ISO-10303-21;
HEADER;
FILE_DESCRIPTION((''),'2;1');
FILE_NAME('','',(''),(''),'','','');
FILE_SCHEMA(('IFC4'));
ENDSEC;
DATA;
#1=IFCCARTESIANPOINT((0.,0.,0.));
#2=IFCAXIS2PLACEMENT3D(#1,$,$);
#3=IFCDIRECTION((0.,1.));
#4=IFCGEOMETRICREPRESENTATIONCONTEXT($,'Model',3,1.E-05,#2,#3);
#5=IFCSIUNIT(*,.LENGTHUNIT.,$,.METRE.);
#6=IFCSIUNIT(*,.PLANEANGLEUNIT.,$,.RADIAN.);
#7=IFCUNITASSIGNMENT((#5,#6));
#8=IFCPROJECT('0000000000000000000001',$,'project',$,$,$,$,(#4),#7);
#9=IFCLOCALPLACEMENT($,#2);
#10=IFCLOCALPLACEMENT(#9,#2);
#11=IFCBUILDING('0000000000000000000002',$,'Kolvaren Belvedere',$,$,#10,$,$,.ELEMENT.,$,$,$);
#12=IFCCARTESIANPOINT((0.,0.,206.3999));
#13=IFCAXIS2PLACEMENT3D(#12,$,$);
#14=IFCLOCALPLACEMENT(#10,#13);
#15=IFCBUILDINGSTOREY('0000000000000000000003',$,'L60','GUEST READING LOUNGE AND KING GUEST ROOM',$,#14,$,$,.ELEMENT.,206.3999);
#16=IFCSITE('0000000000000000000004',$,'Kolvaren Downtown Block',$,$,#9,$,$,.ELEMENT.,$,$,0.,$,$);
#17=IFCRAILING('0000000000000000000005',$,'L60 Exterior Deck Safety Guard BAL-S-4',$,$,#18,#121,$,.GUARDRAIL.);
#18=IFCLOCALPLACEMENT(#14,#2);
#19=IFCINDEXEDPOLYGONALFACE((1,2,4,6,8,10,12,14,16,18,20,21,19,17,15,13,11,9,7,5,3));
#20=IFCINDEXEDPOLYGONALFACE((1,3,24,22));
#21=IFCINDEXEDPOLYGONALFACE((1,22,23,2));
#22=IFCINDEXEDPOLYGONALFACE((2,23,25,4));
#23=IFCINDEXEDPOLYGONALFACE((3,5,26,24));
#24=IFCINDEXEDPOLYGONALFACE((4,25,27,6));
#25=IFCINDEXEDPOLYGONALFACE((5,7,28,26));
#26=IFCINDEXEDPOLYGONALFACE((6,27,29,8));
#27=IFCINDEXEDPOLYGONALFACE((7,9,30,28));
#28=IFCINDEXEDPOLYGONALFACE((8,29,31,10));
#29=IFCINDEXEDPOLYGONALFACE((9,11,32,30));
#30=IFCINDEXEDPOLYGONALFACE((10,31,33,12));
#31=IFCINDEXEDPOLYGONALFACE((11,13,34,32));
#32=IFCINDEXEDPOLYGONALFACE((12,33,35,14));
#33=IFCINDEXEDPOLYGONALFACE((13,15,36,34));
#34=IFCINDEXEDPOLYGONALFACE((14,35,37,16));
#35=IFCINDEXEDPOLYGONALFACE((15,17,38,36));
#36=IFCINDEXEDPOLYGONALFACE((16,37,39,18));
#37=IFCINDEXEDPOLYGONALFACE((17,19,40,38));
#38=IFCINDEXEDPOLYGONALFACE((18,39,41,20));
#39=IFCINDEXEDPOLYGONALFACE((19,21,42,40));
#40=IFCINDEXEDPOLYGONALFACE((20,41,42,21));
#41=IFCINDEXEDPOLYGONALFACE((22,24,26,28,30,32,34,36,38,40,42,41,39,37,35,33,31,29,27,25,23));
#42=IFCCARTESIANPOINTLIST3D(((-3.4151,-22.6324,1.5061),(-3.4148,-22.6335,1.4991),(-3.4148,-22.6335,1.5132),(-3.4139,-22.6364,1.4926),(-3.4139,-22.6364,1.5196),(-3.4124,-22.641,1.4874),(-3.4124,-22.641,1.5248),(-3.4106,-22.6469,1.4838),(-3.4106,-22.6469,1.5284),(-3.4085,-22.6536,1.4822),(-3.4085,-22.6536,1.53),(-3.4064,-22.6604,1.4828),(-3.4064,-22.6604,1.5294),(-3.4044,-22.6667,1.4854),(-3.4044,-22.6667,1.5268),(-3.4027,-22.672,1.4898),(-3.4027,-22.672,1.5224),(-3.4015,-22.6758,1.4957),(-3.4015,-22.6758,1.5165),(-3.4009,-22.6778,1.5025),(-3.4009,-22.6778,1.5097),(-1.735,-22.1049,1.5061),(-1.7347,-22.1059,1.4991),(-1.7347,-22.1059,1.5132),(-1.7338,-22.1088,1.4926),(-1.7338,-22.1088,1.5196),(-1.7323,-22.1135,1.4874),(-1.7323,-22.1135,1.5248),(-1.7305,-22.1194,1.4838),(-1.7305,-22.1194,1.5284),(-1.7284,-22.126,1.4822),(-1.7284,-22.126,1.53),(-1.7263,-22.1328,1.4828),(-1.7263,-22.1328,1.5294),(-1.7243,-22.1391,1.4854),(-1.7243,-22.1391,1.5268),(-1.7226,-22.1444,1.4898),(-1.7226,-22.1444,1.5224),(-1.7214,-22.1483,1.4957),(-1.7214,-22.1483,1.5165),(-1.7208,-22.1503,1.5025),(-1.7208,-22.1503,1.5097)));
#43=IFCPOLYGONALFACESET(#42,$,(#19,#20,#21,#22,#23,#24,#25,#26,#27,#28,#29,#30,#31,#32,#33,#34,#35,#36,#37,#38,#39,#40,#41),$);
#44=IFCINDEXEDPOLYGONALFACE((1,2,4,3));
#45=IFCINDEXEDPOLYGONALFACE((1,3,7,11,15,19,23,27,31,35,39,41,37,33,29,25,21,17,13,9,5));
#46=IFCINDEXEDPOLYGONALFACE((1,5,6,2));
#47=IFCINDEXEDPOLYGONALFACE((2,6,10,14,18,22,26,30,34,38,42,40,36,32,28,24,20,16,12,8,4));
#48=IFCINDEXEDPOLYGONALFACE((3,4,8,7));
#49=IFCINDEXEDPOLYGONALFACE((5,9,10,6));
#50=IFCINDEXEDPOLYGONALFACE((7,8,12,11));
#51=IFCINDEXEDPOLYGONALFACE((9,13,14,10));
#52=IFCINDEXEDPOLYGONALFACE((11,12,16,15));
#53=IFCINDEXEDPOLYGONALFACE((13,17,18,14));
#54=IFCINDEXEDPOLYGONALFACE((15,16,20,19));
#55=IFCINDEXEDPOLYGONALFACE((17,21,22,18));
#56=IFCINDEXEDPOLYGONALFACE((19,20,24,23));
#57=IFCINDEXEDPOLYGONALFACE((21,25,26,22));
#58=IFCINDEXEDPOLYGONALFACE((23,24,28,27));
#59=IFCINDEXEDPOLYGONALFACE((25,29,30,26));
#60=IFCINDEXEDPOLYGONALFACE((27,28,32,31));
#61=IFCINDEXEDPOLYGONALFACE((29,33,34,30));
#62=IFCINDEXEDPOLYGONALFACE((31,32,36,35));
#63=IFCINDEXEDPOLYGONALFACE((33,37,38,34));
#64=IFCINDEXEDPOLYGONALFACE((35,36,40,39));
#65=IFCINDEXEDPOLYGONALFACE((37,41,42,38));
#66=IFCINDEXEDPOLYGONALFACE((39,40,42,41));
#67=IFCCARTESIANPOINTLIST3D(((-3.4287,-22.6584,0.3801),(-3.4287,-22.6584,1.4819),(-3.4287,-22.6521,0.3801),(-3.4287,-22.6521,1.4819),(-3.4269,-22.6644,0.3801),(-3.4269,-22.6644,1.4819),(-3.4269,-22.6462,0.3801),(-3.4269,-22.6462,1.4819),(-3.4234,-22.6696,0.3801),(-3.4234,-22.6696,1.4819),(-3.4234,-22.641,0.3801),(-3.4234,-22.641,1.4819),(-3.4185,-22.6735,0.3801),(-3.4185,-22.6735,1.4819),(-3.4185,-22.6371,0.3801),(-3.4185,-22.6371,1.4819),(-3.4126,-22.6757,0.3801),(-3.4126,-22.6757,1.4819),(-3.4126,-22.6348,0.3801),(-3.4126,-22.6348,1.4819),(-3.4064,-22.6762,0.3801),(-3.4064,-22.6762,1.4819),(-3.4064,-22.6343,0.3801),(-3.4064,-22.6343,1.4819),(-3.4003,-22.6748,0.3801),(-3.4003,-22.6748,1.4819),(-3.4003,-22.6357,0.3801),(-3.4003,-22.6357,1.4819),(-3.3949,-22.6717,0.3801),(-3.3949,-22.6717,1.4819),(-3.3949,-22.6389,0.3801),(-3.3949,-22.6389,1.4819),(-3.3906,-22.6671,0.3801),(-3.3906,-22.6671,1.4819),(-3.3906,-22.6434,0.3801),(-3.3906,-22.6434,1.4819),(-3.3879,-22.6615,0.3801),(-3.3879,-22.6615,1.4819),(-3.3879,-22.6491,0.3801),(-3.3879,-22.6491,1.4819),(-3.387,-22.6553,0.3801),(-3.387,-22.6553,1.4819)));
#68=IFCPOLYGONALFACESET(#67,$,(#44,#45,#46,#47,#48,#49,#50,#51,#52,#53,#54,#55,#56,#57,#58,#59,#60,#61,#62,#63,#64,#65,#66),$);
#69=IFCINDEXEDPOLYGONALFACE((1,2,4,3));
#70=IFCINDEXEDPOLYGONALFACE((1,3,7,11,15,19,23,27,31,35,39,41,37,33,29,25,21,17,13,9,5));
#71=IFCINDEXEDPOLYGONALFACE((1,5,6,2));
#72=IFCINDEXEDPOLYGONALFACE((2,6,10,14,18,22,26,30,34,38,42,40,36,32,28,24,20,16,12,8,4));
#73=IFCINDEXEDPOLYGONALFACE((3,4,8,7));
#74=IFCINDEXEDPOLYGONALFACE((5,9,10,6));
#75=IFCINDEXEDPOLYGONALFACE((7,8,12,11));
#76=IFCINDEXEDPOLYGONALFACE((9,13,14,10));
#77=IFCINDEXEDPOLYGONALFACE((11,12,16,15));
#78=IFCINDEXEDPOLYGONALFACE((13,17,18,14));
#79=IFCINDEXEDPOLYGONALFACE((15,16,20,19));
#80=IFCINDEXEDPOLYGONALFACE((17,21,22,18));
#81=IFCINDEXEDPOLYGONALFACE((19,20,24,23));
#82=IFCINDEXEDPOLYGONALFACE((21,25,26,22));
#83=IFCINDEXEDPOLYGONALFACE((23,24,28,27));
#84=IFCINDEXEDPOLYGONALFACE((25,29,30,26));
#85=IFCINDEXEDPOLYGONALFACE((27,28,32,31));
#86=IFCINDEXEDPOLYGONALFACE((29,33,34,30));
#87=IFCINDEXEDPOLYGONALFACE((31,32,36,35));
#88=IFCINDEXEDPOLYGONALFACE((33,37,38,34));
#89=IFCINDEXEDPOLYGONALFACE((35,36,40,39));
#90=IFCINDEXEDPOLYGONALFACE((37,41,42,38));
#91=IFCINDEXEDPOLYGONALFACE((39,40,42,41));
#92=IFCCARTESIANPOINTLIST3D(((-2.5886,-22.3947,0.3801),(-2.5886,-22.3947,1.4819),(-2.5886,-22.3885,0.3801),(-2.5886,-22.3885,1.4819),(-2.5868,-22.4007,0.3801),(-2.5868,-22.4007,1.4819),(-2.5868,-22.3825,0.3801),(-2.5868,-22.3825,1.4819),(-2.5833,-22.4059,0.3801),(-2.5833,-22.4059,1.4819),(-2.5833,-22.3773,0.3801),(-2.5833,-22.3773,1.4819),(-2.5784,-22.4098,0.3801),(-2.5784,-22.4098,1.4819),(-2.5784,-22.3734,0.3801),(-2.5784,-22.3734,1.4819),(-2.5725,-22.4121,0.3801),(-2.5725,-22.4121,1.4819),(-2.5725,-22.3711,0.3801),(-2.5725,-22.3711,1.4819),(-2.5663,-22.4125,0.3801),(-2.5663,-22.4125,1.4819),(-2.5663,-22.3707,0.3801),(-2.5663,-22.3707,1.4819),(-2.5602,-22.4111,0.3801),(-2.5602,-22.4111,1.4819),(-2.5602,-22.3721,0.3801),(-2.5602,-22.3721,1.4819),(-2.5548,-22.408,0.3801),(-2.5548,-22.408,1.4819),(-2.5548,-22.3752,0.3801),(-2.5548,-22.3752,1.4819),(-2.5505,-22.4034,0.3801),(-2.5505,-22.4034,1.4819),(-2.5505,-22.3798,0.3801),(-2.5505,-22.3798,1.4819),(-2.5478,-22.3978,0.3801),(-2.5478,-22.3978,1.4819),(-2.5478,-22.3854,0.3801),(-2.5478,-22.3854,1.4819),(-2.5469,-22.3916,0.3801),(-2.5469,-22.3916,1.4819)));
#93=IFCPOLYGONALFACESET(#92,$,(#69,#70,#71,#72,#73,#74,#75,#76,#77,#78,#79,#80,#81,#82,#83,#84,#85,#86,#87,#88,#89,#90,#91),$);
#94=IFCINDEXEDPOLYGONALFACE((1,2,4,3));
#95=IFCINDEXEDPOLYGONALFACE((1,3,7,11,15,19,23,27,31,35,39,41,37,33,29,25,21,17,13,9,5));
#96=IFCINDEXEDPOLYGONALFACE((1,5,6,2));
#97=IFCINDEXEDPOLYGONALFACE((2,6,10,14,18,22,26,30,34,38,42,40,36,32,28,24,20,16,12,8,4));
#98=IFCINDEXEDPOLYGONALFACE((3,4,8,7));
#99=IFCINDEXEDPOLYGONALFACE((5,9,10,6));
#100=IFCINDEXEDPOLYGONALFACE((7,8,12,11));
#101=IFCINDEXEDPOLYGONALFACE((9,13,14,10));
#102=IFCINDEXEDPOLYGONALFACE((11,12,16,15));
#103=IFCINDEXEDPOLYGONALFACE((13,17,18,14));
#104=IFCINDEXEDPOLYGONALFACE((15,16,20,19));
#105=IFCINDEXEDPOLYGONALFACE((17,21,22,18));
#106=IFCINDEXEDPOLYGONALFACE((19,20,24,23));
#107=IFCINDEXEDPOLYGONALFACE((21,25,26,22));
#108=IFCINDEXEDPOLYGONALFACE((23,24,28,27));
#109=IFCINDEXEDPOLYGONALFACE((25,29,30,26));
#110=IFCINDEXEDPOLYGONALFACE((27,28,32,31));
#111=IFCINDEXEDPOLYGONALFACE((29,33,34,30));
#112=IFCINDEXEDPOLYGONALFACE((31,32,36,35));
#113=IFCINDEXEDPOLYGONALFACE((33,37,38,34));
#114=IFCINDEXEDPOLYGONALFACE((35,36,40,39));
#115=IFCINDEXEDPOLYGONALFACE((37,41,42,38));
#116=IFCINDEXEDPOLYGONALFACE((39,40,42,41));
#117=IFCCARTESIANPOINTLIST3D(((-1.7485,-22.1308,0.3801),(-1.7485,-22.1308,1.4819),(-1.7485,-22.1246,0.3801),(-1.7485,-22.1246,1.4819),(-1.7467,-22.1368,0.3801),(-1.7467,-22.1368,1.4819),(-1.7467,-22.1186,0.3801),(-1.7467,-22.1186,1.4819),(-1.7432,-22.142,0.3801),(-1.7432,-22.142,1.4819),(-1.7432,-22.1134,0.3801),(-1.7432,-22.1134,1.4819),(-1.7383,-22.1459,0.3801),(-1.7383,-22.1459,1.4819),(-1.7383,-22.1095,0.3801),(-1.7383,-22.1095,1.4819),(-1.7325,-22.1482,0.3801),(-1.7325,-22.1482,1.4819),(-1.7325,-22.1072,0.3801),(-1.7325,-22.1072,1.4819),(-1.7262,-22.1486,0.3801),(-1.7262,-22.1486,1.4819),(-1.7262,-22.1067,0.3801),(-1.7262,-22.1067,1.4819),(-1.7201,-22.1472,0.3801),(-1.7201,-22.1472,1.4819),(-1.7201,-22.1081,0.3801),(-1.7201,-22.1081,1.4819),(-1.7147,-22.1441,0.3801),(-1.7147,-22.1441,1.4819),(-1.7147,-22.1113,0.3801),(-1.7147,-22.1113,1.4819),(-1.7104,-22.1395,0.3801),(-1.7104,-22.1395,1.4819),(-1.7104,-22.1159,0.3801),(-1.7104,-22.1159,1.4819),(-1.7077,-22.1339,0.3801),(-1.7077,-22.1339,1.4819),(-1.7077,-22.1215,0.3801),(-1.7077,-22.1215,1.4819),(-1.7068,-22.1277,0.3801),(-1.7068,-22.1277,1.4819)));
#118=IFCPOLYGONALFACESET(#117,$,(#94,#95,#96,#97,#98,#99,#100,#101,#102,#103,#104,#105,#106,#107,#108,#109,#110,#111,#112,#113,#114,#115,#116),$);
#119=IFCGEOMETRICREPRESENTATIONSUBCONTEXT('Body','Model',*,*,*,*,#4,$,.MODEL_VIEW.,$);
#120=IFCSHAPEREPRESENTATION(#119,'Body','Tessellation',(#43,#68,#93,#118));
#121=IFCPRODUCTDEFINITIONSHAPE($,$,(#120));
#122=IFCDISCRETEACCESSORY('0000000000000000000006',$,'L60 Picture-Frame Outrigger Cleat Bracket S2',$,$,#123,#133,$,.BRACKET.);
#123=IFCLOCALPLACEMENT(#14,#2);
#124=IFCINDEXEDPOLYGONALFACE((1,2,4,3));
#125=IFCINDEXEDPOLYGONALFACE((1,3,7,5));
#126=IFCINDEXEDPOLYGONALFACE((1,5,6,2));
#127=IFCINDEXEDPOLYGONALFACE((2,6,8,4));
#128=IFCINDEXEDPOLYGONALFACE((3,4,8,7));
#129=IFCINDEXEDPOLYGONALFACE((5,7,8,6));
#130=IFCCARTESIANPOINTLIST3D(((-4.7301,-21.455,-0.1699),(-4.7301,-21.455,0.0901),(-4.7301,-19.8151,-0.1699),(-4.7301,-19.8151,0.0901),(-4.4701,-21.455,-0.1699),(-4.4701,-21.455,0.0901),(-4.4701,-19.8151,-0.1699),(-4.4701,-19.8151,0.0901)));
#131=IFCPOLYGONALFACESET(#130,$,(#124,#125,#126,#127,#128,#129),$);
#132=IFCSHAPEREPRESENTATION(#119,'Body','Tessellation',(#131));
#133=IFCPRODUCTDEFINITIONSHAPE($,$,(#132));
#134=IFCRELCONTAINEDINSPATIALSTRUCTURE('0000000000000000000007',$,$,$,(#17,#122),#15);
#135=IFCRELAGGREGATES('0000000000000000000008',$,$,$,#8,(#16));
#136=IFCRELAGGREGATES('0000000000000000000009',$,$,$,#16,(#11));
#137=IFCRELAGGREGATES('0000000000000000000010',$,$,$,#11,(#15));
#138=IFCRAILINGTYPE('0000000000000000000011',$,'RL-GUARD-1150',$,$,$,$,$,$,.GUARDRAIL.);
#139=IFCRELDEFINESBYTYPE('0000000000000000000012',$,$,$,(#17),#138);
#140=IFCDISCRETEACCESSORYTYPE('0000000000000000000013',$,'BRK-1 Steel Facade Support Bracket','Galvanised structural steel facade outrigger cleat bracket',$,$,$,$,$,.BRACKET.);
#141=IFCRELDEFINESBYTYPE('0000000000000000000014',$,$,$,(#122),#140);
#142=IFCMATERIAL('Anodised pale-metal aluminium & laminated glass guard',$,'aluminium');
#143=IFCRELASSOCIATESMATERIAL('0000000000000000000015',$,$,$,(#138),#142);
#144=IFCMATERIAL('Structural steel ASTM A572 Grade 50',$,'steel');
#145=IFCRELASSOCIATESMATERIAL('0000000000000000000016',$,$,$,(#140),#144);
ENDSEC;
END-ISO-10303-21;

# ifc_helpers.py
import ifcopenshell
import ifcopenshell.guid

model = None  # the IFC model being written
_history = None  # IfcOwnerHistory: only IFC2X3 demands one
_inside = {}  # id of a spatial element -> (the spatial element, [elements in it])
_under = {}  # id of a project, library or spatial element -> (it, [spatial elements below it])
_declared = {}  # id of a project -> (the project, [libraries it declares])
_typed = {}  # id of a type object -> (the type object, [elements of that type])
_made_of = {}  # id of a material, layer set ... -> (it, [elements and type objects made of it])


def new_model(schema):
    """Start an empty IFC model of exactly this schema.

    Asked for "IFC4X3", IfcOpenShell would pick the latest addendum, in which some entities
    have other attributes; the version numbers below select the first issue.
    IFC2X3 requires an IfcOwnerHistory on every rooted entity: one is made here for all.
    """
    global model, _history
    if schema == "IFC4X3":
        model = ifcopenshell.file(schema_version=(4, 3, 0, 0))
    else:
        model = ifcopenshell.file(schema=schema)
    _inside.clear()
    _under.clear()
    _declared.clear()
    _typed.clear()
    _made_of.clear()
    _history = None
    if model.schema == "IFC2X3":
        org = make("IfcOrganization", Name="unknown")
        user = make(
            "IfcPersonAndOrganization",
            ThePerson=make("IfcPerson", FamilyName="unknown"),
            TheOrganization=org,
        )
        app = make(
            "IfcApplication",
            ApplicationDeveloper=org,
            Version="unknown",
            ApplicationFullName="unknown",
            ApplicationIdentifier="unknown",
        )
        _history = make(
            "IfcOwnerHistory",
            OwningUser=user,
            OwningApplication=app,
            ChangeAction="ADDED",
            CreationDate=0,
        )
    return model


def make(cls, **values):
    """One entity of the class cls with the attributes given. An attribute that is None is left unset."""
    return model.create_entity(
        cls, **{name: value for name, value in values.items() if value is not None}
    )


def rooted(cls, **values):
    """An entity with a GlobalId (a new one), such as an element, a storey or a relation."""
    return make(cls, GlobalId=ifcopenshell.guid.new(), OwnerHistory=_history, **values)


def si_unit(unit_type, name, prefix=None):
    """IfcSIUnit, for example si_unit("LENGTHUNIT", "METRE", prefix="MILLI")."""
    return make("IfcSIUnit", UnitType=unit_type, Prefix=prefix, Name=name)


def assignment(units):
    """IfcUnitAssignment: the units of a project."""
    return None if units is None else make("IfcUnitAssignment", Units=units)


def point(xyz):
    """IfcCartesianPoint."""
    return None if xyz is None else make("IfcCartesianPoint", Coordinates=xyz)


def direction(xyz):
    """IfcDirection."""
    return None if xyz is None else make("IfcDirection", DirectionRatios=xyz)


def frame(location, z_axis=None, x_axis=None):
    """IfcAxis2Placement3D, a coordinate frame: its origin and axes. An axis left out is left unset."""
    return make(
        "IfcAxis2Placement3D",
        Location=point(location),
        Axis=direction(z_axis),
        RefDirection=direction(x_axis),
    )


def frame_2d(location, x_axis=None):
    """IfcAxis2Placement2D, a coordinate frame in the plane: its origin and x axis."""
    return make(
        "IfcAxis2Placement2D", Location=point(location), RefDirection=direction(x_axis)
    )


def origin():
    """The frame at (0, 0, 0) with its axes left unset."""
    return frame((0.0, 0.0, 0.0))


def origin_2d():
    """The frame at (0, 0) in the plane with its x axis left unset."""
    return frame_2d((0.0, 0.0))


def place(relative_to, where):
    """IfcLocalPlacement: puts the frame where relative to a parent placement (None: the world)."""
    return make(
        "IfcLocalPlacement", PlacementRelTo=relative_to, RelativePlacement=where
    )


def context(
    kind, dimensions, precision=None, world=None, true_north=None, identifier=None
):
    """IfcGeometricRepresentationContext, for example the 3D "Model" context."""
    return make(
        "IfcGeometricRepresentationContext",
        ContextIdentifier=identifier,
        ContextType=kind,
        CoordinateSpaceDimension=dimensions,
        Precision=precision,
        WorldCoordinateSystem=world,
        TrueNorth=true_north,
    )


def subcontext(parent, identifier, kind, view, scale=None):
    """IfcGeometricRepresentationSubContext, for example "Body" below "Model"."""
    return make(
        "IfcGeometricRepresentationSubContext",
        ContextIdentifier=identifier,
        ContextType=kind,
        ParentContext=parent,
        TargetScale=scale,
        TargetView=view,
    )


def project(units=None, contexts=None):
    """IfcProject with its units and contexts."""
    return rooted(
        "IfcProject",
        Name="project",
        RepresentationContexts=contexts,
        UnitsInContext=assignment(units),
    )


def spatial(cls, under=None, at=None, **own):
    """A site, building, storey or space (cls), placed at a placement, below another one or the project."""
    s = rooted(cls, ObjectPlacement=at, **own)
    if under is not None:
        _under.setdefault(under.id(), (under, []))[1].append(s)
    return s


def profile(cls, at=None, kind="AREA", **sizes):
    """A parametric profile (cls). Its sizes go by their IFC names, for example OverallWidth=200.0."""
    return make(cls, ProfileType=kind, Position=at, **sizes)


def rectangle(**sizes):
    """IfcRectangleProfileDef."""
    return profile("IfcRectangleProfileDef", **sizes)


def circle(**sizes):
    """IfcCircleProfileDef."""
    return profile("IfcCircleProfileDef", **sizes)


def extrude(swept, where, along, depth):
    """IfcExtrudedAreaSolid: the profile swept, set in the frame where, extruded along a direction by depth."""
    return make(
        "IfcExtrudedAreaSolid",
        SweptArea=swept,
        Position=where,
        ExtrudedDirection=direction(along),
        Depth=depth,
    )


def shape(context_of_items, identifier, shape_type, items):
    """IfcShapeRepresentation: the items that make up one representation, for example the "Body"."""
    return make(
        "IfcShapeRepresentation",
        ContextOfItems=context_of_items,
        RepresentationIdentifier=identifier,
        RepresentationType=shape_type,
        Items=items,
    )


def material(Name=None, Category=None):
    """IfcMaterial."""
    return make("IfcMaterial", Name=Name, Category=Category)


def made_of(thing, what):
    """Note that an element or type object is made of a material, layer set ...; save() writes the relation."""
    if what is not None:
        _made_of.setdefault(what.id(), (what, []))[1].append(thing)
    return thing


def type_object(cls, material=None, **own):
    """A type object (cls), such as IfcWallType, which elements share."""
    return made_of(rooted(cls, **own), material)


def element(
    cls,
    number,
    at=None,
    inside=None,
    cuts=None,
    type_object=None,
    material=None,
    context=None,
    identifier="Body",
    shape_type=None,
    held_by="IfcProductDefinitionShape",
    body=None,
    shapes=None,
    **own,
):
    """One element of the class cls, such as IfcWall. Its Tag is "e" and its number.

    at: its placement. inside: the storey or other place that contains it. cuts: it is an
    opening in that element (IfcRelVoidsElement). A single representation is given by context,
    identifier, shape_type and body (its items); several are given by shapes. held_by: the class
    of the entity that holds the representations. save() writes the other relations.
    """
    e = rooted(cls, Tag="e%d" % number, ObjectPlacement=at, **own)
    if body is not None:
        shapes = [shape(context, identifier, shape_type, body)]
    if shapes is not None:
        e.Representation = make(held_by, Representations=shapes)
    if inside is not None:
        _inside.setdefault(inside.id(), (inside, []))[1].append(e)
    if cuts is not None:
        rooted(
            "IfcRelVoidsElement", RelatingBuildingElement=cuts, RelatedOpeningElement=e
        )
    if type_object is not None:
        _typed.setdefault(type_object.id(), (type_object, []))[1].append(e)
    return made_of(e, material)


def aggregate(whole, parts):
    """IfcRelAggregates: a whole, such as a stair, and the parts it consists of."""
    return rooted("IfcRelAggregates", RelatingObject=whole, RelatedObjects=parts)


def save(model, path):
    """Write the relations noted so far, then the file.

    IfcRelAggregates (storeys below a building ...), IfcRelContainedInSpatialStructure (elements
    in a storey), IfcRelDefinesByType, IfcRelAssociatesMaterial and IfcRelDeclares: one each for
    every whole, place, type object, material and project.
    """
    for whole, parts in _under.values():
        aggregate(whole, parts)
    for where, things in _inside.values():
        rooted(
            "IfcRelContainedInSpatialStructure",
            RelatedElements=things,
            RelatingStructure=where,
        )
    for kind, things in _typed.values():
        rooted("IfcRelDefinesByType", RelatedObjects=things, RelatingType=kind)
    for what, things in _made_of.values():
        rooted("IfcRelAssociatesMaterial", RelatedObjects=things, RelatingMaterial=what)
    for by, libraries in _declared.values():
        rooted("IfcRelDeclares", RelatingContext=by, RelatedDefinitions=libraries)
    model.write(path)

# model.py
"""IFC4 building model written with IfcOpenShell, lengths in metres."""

from ifc_helpers import new_model, si_unit, direction, frame, origin, origin_2d, place, context, subcontext, project, spatial, rectangle, circle, extrude, material, type_object, element, save


model = new_model("IFC4")

# Units and contexts
model_context = context("Model", 3, precision=1e-05, world=origin(), true_north=direction((0.0, 1.0)))
body_context = subcontext(model_context, "Body", "Model", "MODEL_VIEW")
ifc_project = project(units=[si_unit("LENGTHUNIT", "METRE"), si_unit("PLANEANGLEUNIT", "RADIAN")], contexts=[model_context])

# Site, building, storey
site_placement = place(None, origin())
site = spatial("IfcSite", under=ifc_project, at=site_placement, Name="Kolvaren Downtown Block", CompositionType="ELEMENT", RefElevation=0.0)
building_placement = place(site_placement, origin())
building = spatial("IfcBuilding", under=site, at=building_placement, Name="Kolvaren Belvedere", CompositionType="ELEMENT")
storey_placement = place(building_placement, frame((0.0, 0.0, 206.3999)))
storey = spatial("IfcBuildingStorey", under=building, at=storey_placement, Name="L60", Description="GUEST READING LOUNGE AND KING GUEST ROOM", CompositionType="ELEMENT", Elevation=206.3999)

# Railing
ifc_material_1 = material(Name="Anodised pale-metal aluminium & laminated glass guard", Category="aluminium")
railing_type = type_object("IfcRailingType", Name="RL-GUARD-1150", PredefinedType="GUARDRAIL", material=ifc_material_1)
railing_1_placement = place(storey_placement, frame((-3.408, -22.6553, 0.3801)))
element("IfcRailing", 1, at=railing_1_placement, inside=storey, type_object=railing_type, Name="L60 Exterior Deck Safety Guard BAL-S-4", PredefinedType="GUARDRAIL", context=body_context, shape_type="SweptSolid", body=[
    extrude(circle(Radius=0.0239, at=origin_2d()), frame((0.0, 0.0, 1.126), z_axis=(0.95407, 0.299585, 0.0), x_axis=(-0.299585, 0.95407, 0.0)), (0.0, 0.0, 1.0), 1.761),
    extrude(circle(Radius=0.021, at=origin_2d()), origin(), (0.0, 0.0, 1.0), 1.1018),
    extrude(circle(Radius=0.021, at=origin_2d()), frame((0.8401, 0.2637, 0.0)), (0.0, 0.0, 1.0), 1.1018),
    extrude(circle(Radius=0.021, at=origin_2d()), frame((1.6802, 0.5276, 0.0)), (0.0, 0.0, 1.0), 1.1018),
])

# Discrete accessory
ifc_material_2 = material(Name="Structural steel ASTM A572 Grade 50", Category="steel")
discrete_accessory_type = type_object("IfcDiscreteAccessoryType", Name="BRK-1 Steel Facade Support Bracket", Description="Galvanised structural steel facade outrigger cleat bracket", PredefinedType="BRACKET", material=ifc_material_2)
discrete_accessory_placement = place(storey_placement, frame((-4.6001, -20.635, -0.1699), z_axis=(0.0, 0.0, 1.0), x_axis=(0.0, 1.0, 0.0)))
element("IfcDiscreteAccessory", 2, at=discrete_accessory_placement, inside=storey, type_object=discrete_accessory_type, Name="L60 Picture-Frame Outrigger Cleat Bracket S2", PredefinedType="BRACKET", context=body_context, shape_type="SweptSolid", body=[
    extrude(rectangle(XDim=1.6399, YDim=0.26, at=origin_2d()), origin(), (0.0, 0.0, 1.0), 0.26),
])

save(model, "model.ifc")
